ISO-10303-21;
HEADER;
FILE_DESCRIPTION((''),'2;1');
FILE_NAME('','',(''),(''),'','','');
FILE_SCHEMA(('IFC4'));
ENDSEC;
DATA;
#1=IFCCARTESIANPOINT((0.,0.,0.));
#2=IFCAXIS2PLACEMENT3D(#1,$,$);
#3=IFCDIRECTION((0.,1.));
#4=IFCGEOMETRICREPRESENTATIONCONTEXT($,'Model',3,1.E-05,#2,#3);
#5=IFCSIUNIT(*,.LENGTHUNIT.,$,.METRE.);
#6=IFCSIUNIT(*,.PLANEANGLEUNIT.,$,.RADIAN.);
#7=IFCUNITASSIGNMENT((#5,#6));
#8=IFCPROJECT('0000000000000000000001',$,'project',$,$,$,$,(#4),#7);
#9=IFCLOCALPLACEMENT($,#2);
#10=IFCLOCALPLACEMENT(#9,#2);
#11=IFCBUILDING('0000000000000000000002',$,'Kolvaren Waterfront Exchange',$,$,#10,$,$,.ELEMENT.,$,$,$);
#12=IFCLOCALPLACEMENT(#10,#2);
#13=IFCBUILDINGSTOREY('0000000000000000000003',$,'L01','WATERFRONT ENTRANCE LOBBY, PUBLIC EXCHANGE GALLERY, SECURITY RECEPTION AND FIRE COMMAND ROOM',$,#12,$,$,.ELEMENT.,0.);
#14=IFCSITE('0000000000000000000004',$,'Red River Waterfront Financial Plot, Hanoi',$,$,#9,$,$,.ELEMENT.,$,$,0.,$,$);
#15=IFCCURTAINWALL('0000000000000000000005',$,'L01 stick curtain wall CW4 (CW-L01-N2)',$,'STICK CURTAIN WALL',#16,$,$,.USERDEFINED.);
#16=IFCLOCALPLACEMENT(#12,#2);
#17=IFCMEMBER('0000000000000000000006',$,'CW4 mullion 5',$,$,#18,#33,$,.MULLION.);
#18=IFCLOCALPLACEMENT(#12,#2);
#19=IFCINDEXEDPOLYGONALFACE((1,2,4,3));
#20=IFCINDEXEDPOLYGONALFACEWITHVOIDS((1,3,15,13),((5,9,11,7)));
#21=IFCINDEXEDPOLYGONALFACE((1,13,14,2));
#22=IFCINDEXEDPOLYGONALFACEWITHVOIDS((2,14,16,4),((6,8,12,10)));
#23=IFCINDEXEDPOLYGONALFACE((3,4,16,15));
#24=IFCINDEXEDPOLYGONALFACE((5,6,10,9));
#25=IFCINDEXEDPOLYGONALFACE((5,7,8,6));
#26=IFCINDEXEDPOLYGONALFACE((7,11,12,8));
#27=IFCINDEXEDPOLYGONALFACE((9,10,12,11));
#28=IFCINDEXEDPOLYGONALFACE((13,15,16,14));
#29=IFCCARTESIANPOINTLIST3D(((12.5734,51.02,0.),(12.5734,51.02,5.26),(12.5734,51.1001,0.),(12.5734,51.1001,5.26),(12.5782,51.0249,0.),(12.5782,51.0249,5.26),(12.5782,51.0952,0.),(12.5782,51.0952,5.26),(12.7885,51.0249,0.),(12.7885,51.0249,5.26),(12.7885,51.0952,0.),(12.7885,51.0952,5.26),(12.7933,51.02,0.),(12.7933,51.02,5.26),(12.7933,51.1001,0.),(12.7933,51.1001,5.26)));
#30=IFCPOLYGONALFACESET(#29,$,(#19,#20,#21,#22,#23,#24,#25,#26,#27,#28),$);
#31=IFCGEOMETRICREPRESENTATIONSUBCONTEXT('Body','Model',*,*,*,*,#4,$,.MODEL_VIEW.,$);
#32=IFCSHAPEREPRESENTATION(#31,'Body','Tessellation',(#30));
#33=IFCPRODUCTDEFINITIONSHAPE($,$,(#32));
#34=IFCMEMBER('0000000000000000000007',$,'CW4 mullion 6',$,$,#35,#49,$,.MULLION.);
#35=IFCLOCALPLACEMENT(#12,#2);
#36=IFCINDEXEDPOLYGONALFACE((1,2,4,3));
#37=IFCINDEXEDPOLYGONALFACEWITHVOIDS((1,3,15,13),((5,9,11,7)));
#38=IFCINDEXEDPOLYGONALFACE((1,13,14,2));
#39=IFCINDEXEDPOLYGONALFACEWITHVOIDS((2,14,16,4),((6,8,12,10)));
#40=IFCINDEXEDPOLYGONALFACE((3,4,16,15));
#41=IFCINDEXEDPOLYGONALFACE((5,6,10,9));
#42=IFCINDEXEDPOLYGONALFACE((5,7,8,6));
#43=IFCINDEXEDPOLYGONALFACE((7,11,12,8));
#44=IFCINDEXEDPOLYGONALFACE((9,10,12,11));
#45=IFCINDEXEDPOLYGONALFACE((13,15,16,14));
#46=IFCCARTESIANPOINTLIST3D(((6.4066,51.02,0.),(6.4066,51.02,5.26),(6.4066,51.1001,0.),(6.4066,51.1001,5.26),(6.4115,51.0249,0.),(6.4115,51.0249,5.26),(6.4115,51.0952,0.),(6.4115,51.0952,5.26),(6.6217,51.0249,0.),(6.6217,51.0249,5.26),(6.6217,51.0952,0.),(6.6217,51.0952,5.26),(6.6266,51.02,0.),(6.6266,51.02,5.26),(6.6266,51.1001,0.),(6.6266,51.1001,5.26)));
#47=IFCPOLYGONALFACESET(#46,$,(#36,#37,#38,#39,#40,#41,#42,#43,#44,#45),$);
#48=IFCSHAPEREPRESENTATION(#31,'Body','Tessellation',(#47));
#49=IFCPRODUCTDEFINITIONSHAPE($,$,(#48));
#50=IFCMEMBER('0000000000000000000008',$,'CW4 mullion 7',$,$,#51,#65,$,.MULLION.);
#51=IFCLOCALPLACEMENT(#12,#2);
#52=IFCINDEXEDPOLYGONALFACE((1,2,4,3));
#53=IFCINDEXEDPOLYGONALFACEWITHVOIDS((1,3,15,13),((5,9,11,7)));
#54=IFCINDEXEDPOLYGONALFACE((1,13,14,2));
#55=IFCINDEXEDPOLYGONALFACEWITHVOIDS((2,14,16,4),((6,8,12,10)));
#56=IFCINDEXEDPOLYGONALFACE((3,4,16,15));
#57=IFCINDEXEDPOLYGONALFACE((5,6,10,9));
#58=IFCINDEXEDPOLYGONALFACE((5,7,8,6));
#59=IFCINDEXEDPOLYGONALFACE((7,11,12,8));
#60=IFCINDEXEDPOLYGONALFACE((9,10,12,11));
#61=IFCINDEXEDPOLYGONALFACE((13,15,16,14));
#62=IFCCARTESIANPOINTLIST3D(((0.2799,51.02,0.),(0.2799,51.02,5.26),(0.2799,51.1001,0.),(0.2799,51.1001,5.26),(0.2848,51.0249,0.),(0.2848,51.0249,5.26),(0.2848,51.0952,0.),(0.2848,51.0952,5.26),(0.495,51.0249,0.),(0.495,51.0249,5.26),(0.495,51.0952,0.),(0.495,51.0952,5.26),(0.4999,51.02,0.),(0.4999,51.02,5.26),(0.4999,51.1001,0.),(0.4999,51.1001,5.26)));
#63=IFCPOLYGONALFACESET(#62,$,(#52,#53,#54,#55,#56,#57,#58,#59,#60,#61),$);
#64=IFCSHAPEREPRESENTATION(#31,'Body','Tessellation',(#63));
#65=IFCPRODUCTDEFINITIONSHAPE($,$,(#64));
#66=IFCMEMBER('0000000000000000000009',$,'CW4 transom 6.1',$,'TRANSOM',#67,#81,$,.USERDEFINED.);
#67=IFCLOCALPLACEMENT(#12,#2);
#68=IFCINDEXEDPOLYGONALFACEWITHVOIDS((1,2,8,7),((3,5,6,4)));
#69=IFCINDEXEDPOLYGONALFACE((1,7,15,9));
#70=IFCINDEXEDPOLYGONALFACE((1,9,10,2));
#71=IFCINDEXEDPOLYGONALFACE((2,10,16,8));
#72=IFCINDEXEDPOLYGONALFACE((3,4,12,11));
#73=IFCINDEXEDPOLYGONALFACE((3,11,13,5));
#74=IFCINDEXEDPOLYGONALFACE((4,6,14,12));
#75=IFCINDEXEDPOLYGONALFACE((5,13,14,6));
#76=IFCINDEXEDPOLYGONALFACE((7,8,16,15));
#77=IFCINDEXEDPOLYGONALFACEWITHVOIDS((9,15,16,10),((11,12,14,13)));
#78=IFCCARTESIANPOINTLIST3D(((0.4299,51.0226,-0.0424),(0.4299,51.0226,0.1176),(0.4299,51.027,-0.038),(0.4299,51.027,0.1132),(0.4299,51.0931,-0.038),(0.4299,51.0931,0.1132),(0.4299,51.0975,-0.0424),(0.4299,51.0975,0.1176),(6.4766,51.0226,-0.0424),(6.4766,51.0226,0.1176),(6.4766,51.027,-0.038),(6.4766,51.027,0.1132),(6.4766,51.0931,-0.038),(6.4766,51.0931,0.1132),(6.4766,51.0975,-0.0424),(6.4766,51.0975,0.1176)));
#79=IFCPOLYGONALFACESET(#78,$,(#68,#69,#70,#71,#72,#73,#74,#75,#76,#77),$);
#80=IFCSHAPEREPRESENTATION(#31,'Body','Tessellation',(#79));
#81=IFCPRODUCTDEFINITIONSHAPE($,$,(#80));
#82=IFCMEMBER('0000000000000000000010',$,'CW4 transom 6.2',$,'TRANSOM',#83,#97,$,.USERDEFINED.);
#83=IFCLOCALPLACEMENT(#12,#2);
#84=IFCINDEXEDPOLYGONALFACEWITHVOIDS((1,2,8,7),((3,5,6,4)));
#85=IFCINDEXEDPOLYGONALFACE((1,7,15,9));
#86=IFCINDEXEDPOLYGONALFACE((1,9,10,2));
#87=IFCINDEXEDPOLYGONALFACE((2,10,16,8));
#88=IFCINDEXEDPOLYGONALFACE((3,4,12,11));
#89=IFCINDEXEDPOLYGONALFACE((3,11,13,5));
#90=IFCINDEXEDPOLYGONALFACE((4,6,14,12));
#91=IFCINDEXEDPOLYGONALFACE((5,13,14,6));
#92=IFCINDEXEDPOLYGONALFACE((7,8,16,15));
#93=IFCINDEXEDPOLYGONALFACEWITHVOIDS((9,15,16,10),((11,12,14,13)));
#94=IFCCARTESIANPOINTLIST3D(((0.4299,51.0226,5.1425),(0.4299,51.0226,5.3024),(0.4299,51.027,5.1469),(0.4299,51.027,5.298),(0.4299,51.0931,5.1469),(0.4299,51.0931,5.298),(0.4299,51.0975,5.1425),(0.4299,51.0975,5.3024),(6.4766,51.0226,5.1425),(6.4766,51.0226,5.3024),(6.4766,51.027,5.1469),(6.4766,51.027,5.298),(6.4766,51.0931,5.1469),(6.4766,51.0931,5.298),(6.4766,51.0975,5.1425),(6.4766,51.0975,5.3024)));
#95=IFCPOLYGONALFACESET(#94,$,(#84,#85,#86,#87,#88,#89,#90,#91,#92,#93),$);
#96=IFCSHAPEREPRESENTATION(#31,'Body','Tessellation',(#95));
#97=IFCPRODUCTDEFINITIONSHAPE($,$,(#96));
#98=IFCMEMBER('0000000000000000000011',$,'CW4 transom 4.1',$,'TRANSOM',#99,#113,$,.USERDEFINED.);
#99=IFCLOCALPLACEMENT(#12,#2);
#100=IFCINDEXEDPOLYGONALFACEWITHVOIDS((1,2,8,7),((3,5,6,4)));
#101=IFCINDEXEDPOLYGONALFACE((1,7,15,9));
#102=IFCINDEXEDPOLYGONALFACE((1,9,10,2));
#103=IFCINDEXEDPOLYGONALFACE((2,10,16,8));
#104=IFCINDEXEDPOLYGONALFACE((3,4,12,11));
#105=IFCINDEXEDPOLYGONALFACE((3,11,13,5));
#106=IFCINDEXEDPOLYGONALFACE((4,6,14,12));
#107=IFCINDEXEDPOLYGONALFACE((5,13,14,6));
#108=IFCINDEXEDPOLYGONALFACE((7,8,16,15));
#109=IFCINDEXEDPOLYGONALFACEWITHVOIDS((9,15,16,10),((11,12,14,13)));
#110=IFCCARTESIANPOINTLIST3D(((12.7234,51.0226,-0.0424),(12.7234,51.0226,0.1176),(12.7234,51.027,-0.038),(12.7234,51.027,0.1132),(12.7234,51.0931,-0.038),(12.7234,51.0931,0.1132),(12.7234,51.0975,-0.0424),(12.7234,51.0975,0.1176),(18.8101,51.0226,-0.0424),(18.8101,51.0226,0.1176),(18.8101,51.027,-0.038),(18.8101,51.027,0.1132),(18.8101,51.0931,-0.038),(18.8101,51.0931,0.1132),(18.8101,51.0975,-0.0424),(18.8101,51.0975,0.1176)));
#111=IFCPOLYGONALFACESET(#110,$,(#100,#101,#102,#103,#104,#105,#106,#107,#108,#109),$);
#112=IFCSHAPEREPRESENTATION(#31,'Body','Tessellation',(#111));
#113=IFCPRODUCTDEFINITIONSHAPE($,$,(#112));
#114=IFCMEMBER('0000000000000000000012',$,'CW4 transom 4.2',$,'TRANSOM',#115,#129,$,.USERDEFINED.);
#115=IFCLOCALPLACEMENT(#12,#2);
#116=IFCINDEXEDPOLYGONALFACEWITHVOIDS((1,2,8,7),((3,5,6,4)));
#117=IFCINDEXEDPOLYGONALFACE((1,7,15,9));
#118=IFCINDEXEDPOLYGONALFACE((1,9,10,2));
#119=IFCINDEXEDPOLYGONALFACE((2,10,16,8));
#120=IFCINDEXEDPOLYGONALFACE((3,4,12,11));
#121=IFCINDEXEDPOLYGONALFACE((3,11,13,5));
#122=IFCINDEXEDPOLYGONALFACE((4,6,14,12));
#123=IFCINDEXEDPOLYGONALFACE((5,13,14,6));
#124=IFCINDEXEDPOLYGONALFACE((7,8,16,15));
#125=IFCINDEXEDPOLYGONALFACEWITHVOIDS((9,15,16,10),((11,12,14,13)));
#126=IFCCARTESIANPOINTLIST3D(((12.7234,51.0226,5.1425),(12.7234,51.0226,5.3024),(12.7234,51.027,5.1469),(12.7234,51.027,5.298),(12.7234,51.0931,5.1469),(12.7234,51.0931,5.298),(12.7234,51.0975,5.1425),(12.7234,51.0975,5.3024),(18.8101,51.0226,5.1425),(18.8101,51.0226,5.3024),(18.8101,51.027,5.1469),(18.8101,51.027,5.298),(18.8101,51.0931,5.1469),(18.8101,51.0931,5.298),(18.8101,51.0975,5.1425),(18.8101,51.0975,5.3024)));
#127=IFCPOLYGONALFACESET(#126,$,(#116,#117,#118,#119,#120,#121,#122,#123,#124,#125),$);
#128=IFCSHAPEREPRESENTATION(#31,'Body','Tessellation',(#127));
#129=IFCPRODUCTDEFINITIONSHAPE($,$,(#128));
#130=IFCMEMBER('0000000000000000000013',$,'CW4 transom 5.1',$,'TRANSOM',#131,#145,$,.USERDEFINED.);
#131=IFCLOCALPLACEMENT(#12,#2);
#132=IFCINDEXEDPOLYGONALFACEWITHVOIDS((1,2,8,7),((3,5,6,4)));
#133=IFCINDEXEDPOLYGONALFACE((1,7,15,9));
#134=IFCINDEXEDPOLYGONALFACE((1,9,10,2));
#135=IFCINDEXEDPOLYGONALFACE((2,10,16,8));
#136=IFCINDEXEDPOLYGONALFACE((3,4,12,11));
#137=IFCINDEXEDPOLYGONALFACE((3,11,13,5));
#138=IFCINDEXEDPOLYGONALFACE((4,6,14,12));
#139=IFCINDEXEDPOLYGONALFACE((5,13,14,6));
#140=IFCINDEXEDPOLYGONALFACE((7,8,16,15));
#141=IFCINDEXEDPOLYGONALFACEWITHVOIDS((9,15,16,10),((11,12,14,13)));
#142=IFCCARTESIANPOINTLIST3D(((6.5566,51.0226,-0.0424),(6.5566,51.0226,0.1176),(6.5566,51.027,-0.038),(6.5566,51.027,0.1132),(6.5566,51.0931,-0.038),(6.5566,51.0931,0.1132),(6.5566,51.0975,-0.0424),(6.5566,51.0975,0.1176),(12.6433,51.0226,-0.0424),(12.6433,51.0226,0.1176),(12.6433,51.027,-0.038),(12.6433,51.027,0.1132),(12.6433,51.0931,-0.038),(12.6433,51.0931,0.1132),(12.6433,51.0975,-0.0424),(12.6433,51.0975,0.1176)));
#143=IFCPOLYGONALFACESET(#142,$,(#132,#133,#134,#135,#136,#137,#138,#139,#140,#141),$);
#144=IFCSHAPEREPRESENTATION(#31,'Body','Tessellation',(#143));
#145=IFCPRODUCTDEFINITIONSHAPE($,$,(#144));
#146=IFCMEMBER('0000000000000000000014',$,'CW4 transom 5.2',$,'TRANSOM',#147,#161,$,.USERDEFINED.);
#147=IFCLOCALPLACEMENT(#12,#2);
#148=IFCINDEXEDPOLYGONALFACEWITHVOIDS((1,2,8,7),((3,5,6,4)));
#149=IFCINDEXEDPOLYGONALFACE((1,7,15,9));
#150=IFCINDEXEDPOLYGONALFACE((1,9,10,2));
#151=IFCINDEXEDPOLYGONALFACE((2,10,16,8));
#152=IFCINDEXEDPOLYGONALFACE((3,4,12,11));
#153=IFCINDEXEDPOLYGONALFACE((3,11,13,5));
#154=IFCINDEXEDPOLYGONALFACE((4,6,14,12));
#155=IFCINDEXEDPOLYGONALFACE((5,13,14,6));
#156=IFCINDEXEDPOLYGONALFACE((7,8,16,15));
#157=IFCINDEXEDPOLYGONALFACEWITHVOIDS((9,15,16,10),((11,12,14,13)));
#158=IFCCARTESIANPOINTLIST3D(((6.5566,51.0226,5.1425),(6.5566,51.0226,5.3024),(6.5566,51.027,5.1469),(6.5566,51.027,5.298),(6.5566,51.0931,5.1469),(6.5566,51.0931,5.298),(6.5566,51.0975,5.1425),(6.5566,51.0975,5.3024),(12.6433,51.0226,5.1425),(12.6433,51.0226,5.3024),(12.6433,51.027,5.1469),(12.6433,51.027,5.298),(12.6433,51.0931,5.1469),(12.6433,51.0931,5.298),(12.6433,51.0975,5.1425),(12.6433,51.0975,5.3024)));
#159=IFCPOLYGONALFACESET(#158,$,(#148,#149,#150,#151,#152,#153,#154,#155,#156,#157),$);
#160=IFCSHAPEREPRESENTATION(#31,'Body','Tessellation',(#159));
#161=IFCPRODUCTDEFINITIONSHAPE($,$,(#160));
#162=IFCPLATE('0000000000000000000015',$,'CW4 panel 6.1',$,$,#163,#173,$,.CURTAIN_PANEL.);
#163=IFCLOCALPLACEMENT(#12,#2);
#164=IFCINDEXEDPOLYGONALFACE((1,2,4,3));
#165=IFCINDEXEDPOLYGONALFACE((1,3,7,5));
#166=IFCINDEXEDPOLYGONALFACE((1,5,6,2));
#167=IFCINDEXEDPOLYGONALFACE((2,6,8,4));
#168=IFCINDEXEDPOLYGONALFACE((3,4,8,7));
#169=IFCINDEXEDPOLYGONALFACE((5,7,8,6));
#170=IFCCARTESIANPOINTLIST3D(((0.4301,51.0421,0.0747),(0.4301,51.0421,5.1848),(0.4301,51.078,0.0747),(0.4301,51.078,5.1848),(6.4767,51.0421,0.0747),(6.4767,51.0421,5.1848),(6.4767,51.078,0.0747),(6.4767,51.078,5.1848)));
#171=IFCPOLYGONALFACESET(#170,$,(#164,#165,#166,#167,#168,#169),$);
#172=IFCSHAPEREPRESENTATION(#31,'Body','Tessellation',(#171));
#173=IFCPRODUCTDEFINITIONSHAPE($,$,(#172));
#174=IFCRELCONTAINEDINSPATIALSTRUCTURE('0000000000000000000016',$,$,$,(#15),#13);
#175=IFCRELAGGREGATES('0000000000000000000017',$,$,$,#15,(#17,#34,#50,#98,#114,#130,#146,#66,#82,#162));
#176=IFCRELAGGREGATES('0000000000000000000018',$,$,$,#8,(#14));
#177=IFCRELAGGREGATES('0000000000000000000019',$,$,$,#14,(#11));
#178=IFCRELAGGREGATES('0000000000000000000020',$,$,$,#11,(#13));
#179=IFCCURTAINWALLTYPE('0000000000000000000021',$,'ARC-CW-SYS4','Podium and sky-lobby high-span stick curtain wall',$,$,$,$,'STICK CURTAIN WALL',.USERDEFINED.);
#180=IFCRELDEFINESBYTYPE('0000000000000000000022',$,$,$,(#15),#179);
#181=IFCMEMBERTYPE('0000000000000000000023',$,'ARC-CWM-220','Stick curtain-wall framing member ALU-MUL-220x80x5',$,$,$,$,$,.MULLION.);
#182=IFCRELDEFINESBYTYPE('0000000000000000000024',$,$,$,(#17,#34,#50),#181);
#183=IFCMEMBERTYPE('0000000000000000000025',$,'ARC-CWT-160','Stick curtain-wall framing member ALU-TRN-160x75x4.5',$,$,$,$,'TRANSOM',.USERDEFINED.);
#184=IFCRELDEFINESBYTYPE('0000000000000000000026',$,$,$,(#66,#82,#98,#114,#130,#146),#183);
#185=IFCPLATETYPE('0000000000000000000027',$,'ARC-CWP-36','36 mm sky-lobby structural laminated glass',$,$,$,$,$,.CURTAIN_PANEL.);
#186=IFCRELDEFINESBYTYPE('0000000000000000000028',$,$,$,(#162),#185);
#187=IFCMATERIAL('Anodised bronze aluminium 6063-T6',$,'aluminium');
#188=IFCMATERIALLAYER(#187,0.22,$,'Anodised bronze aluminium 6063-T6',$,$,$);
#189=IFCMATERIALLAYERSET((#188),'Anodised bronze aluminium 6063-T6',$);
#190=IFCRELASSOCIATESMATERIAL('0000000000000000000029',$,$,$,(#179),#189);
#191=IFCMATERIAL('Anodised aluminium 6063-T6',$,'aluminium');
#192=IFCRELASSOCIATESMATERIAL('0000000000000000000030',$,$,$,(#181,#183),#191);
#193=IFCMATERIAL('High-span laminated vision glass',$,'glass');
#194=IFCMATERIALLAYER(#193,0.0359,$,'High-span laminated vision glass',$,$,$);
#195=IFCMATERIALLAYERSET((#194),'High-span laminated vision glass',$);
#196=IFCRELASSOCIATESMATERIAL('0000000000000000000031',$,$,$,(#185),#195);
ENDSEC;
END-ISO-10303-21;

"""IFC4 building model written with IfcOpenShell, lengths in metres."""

from ifc_helpers import new_model, si_unit, direction, frame, origin, origin_with_axes, origin_2d, place, context, subcontext, project, spatial, rectangle, hollow_rectangle, extrude, source, transform, mapped, material, layer, layer_set, material_profile, profile_set, type_object, element, aggregate, save


model = new_model("IFC4")

# Units and contexts
model_context = context("Model", 3, precision=1e-05, world=origin(), true_north=direction((0.0, 1.0)))
body_context = subcontext(model_context, "Body", "Model", "MODEL_VIEW")
ifc_project = project(units=[si_unit("LENGTHUNIT", "METRE"), si_unit("PLANEANGLEUNIT", "RADIAN")], contexts=[model_context])

# Site, building, storey
site_placement = place(None, origin())
site = spatial("IfcSite", under=ifc_project, at=site_placement, Name="Red River Waterfront Financial Plot, Hanoi", CompositionType="ELEMENT", RefElevation=0.0)
building_placement = place(site_placement, origin())
building = spatial("IfcBuilding", under=site, at=building_placement, Name="Kolvaren Waterfront Exchange", CompositionType="ELEMENT")
storey_placement = place(building_placement, origin())
storey = spatial("IfcBuildingStorey", under=building, at=storey_placement, Name="L01", Description="WATERFRONT ENTRANCE LOBBY, PUBLIC EXCHANGE GALLERY, SECURITY RECEPTION AND FIRE COMMAND ROOM", CompositionType="ELEMENT", Elevation=0.0)

# Curtain wall, members, plate
ifc_material_1 = material(Name="Anodised bronze aluminium 6063-T6", Category="aluminium")
ifc_layer_1 = layer(ifc_material_1, 0.22, Name="Anodised bronze aluminium 6063-T6")
ifc_layer_set_1 = layer_set([ifc_layer_1], Name="Anodised bronze aluminium 6063-T6")
curtain_wall_type = type_object("IfcCurtainWallType", Name="ARC-CW-SYS4", Description="Podium and sky-lobby high-span stick curtain wall", ElementType="STICK CURTAIN WALL", PredefinedType="USERDEFINED", material=ifc_layer_set_1)
curtain_wall_placement = place(storey_placement, origin())
curtain_wall = element("IfcCurtainWall", 1, at=curtain_wall_placement, inside=storey, type_object=curtain_wall_type, Name="L01 stick curtain wall CW4 (CW-L01-N2)", ObjectType="STICK CURTAIN WALL", PredefinedType="USERDEFINED")
ifc_material_2 = material(Name="Anodised aluminium 6063-T6", Category="aluminium")
ifc_material_profile_1 = material_profile(ifc_material_2, hollow_rectangle(XDim=0.0801, YDim=0.22, WallThickness=0.0049, at=origin_2d()), Name="ALU-MUL-220x80x5")
ifc_profile_set_1 = profile_set([ifc_material_profile_1], Name="Anodised aluminium 6063-T6")
member_type_1 = type_object("IfcMemberType", Name="ARC-CWM-220", Description="Stick curtain-wall framing member ALU-MUL-220x80x5", PredefinedType="MULLION", material=ifc_profile_set_1)
shared_shape_1 = source(origin_with_axes(), body_context, "Body", "SweptSolid", [
    extrude(hollow_rectangle(XDim=0.0801, YDim=0.22, WallThickness=0.0049, at=origin_2d()), origin(), (0.0, 0.0, 1.0), 5.26),
])
member_1_placement = place(storey_placement, frame((12.6833, 51.0601, 0.0), z_axis=(0.0, 0.0, 1.0), x_axis=(0.0, -1.0, 0.0)))
member_1 = element("IfcMember", 2, at=member_1_placement, type_object=member_type_1, Name="CW4 mullion 5", PredefinedType="MULLION", context=body_context, shape_type="MappedRepresentation", body=[
    mapped(shared_shape_1, transform((0.0, 0.0, 0.0), x_axis=(1.0, 0.0, 0.0), y_axis=(0.0, 1.0, 0.0), z_axis=(0.0, 0.0, 1.0), scale=1.0)),
])
member_2_placement = place(storey_placement, frame((6.5166, 51.0601, 0.0), z_axis=(0.0, 0.0, 1.0), x_axis=(0.0, -1.0, 0.0)))
member_2 = element("IfcMember", 3, at=member_2_placement, type_object=member_type_1, Name="CW4 mullion 6", PredefinedType="MULLION", context=body_context, shape_type="MappedRepresentation", body=[
    mapped(shared_shape_1, transform((0.0, 0.0, 0.0), x_axis=(1.0, 0.0, 0.0), y_axis=(0.0, 1.0, 0.0), z_axis=(0.0, 0.0, 1.0), scale=1.0)),
])
member_3_placement = place(storey_placement, frame((0.3899, 51.0601, 0.0), z_axis=(0.0, 0.0, 1.0), x_axis=(0.0, -1.0, 0.0)))
member_3 = element("IfcMember", 4, at=member_3_placement, type_object=member_type_1, Name="CW4 mullion 7", PredefinedType="MULLION", context=body_context, shape_type="MappedRepresentation", body=[
    mapped(shared_shape_1, transform((0.0, 0.0, 0.0), x_axis=(1.0, 0.0, 0.0), y_axis=(0.0, 1.0, 0.0), z_axis=(0.0, 0.0, 1.0), scale=1.0)),
])
ifc_material_profile_2 = material_profile(ifc_material_2, hollow_rectangle(XDim=0.075, YDim=0.1599, WallThickness=0.0044, at=origin_2d()), Name="ALU-TRN-160x75x4.5")
ifc_profile_set_2 = profile_set([ifc_material_profile_2], Name="Anodised aluminium 6063-T6")
member_type_2 = type_object("IfcMemberType", Name="ARC-CWT-160", Description="Stick curtain-wall framing member ALU-TRN-160x75x4.5", ElementType="TRANSOM", PredefinedType="USERDEFINED", material=ifc_profile_set_2)
shared_shape_2 = source(origin_with_axes(), body_context, "Body", "SweptSolid", [
    extrude(hollow_rectangle(XDim=0.075, YDim=0.1599, WallThickness=0.0044, at=origin_2d()), origin(), (0.0, 0.0, 1.0), 6.0466),
])
member_4_placement = place(storey_placement, frame((6.4766, 51.0601, 0.0376), z_axis=(-1.0, 0.0, 0.0), x_axis=(0.0, -1.0, 0.0)))
member_4 = element("IfcMember", 5, at=member_4_placement, type_object=member_type_2, Name="CW4 transom 6.1", ObjectType="TRANSOM", PredefinedType="USERDEFINED", context=body_context, shape_type="MappedRepresentation", body=[
    mapped(shared_shape_2, transform((0.0, 0.0, 0.0), x_axis=(1.0, 0.0, 0.0), y_axis=(0.0, 1.0, 0.0), z_axis=(0.0, 0.0, 1.0), scale=1.0)),
])
member_5_placement = place(storey_placement, frame((6.4766, 51.0601, 5.2224), z_axis=(-1.0, 0.0, 0.0), x_axis=(0.0, -1.0, 0.0)))
member_5 = element("IfcMember", 6, at=member_5_placement, type_object=member_type_2, Name="CW4 transom 6.2", ObjectType="TRANSOM", PredefinedType="USERDEFINED", context=body_context, shape_type="MappedRepresentation", body=[
    mapped(shared_shape_2, transform((0.0, 0.0, 0.0), x_axis=(1.0, 0.0, 0.0), y_axis=(0.0, 1.0, 0.0), z_axis=(0.0, 0.0, 1.0), scale=1.0)),
])
shared_shape_3 = source(origin_with_axes(), body_context, "Body", "SweptSolid", [
    extrude(hollow_rectangle(XDim=0.075, YDim=0.1599, WallThickness=0.0044, at=origin_2d()), origin(), (0.0, 0.0, 1.0), 6.0867),
])
member_6_placement = place(storey_placement, frame((18.8101, 51.0601, 0.0376), z_axis=(-1.0, 0.0, 0.0), x_axis=(0.0, -1.0, 0.0)))
member_6 = element("IfcMember", 7, at=member_6_placement, type_object=member_type_2, Name="CW4 transom 4.1", ObjectType="TRANSOM", PredefinedType="USERDEFINED", context=body_context, shape_type="MappedRepresentation", body=[
    mapped(shared_shape_3, transform((0.0, 0.0, 0.0), x_axis=(1.0, 0.0, 0.0), y_axis=(0.0, 1.0, 0.0), z_axis=(0.0, 0.0, 1.0), scale=1.0)),
])
member_7_placement = place(storey_placement, frame((18.8101, 51.0601, 5.2224), z_axis=(-1.0, 0.0, 0.0), x_axis=(0.0, -1.0, 0.0)))
member_7 = element("IfcMember", 8, at=member_7_placement, type_object=member_type_2, Name="CW4 transom 4.2", ObjectType="TRANSOM", PredefinedType="USERDEFINED", context=body_context, shape_type="MappedRepresentation", body=[
    mapped(shared_shape_3, transform((0.0, 0.0, 0.0), x_axis=(1.0, 0.0, 0.0), y_axis=(0.0, 1.0, 0.0), z_axis=(0.0, 0.0, 1.0), scale=1.0)),
])
member_8_placement = place(storey_placement, frame((12.6433, 51.0601, 0.0376), z_axis=(-1.0, 0.0, 0.0), x_axis=(0.0, -1.0, 0.0)))
member_8 = element("IfcMember", 9, at=member_8_placement, type_object=member_type_2, Name="CW4 transom 5.1", ObjectType="TRANSOM", PredefinedType="USERDEFINED", context=body_context, shape_type="MappedRepresentation", body=[
    mapped(shared_shape_3, transform((0.0, 0.0, 0.0), x_axis=(1.0, 0.0, 0.0), y_axis=(0.0, 1.0, 0.0), z_axis=(0.0, 0.0, 1.0), scale=1.0)),
])
member_9_placement = place(storey_placement, frame((12.6433, 51.0601, 5.2224), z_axis=(-1.0, 0.0, 0.0), x_axis=(0.0, -1.0, 0.0)))
member_9 = element("IfcMember", 10, at=member_9_placement, type_object=member_type_2, Name="CW4 transom 5.2", ObjectType="TRANSOM", PredefinedType="USERDEFINED", context=body_context, shape_type="MappedRepresentation", body=[
    mapped(shared_shape_3, transform((0.0, 0.0, 0.0), x_axis=(1.0, 0.0, 0.0), y_axis=(0.0, 1.0, 0.0), z_axis=(0.0, 0.0, 1.0), scale=1.0)),
])
ifc_material_3 = material(Name="High-span laminated vision glass", Category="glass")
ifc_layer_2 = layer(ifc_material_3, 0.0359, Name="High-span laminated vision glass")
ifc_layer_set_2 = layer_set([ifc_layer_2], Name="High-span laminated vision glass")
plate_type = type_object("IfcPlateType", Name="ARC-CWP-36", Description="36 mm sky-lobby structural laminated glass", PredefinedType="CURTAIN_PANEL", material=ifc_layer_set_2)
shared_shape_4 = source(origin_with_axes(), body_context, "Body", "SweptSolid", [
    extrude(rectangle(XDim=6.0466, YDim=0.0359, at=origin_2d()), origin(), (0.0, 0.0, 1.0), 5.1101),
])
plate_1_placement = place(storey_placement, frame((3.4534, 51.0601, 0.0747), z_axis=(0.0, 0.0, 1.0), x_axis=(-1.0, 0.0, 0.0)))
plate_1 = element("IfcPlate", 11, at=plate_1_placement, type_object=plate_type, Name="CW4 panel 6.1", PredefinedType="CURTAIN_PANEL", context=body_context, shape_type="MappedRepresentation", body=[
    mapped(shared_shape_4, transform((0.0, 0.0, 0.0), x_axis=(1.0, 0.0, 0.0), y_axis=(0.0, 1.0, 0.0), z_axis=(0.0, 0.0, 1.0), scale=1.0)),
])
aggregate(curtain_wall, [member_1, member_2, member_3, member_6, member_7, member_8, member_9, member_4, member_5, plate_1])

save(model, "model.ifc")
